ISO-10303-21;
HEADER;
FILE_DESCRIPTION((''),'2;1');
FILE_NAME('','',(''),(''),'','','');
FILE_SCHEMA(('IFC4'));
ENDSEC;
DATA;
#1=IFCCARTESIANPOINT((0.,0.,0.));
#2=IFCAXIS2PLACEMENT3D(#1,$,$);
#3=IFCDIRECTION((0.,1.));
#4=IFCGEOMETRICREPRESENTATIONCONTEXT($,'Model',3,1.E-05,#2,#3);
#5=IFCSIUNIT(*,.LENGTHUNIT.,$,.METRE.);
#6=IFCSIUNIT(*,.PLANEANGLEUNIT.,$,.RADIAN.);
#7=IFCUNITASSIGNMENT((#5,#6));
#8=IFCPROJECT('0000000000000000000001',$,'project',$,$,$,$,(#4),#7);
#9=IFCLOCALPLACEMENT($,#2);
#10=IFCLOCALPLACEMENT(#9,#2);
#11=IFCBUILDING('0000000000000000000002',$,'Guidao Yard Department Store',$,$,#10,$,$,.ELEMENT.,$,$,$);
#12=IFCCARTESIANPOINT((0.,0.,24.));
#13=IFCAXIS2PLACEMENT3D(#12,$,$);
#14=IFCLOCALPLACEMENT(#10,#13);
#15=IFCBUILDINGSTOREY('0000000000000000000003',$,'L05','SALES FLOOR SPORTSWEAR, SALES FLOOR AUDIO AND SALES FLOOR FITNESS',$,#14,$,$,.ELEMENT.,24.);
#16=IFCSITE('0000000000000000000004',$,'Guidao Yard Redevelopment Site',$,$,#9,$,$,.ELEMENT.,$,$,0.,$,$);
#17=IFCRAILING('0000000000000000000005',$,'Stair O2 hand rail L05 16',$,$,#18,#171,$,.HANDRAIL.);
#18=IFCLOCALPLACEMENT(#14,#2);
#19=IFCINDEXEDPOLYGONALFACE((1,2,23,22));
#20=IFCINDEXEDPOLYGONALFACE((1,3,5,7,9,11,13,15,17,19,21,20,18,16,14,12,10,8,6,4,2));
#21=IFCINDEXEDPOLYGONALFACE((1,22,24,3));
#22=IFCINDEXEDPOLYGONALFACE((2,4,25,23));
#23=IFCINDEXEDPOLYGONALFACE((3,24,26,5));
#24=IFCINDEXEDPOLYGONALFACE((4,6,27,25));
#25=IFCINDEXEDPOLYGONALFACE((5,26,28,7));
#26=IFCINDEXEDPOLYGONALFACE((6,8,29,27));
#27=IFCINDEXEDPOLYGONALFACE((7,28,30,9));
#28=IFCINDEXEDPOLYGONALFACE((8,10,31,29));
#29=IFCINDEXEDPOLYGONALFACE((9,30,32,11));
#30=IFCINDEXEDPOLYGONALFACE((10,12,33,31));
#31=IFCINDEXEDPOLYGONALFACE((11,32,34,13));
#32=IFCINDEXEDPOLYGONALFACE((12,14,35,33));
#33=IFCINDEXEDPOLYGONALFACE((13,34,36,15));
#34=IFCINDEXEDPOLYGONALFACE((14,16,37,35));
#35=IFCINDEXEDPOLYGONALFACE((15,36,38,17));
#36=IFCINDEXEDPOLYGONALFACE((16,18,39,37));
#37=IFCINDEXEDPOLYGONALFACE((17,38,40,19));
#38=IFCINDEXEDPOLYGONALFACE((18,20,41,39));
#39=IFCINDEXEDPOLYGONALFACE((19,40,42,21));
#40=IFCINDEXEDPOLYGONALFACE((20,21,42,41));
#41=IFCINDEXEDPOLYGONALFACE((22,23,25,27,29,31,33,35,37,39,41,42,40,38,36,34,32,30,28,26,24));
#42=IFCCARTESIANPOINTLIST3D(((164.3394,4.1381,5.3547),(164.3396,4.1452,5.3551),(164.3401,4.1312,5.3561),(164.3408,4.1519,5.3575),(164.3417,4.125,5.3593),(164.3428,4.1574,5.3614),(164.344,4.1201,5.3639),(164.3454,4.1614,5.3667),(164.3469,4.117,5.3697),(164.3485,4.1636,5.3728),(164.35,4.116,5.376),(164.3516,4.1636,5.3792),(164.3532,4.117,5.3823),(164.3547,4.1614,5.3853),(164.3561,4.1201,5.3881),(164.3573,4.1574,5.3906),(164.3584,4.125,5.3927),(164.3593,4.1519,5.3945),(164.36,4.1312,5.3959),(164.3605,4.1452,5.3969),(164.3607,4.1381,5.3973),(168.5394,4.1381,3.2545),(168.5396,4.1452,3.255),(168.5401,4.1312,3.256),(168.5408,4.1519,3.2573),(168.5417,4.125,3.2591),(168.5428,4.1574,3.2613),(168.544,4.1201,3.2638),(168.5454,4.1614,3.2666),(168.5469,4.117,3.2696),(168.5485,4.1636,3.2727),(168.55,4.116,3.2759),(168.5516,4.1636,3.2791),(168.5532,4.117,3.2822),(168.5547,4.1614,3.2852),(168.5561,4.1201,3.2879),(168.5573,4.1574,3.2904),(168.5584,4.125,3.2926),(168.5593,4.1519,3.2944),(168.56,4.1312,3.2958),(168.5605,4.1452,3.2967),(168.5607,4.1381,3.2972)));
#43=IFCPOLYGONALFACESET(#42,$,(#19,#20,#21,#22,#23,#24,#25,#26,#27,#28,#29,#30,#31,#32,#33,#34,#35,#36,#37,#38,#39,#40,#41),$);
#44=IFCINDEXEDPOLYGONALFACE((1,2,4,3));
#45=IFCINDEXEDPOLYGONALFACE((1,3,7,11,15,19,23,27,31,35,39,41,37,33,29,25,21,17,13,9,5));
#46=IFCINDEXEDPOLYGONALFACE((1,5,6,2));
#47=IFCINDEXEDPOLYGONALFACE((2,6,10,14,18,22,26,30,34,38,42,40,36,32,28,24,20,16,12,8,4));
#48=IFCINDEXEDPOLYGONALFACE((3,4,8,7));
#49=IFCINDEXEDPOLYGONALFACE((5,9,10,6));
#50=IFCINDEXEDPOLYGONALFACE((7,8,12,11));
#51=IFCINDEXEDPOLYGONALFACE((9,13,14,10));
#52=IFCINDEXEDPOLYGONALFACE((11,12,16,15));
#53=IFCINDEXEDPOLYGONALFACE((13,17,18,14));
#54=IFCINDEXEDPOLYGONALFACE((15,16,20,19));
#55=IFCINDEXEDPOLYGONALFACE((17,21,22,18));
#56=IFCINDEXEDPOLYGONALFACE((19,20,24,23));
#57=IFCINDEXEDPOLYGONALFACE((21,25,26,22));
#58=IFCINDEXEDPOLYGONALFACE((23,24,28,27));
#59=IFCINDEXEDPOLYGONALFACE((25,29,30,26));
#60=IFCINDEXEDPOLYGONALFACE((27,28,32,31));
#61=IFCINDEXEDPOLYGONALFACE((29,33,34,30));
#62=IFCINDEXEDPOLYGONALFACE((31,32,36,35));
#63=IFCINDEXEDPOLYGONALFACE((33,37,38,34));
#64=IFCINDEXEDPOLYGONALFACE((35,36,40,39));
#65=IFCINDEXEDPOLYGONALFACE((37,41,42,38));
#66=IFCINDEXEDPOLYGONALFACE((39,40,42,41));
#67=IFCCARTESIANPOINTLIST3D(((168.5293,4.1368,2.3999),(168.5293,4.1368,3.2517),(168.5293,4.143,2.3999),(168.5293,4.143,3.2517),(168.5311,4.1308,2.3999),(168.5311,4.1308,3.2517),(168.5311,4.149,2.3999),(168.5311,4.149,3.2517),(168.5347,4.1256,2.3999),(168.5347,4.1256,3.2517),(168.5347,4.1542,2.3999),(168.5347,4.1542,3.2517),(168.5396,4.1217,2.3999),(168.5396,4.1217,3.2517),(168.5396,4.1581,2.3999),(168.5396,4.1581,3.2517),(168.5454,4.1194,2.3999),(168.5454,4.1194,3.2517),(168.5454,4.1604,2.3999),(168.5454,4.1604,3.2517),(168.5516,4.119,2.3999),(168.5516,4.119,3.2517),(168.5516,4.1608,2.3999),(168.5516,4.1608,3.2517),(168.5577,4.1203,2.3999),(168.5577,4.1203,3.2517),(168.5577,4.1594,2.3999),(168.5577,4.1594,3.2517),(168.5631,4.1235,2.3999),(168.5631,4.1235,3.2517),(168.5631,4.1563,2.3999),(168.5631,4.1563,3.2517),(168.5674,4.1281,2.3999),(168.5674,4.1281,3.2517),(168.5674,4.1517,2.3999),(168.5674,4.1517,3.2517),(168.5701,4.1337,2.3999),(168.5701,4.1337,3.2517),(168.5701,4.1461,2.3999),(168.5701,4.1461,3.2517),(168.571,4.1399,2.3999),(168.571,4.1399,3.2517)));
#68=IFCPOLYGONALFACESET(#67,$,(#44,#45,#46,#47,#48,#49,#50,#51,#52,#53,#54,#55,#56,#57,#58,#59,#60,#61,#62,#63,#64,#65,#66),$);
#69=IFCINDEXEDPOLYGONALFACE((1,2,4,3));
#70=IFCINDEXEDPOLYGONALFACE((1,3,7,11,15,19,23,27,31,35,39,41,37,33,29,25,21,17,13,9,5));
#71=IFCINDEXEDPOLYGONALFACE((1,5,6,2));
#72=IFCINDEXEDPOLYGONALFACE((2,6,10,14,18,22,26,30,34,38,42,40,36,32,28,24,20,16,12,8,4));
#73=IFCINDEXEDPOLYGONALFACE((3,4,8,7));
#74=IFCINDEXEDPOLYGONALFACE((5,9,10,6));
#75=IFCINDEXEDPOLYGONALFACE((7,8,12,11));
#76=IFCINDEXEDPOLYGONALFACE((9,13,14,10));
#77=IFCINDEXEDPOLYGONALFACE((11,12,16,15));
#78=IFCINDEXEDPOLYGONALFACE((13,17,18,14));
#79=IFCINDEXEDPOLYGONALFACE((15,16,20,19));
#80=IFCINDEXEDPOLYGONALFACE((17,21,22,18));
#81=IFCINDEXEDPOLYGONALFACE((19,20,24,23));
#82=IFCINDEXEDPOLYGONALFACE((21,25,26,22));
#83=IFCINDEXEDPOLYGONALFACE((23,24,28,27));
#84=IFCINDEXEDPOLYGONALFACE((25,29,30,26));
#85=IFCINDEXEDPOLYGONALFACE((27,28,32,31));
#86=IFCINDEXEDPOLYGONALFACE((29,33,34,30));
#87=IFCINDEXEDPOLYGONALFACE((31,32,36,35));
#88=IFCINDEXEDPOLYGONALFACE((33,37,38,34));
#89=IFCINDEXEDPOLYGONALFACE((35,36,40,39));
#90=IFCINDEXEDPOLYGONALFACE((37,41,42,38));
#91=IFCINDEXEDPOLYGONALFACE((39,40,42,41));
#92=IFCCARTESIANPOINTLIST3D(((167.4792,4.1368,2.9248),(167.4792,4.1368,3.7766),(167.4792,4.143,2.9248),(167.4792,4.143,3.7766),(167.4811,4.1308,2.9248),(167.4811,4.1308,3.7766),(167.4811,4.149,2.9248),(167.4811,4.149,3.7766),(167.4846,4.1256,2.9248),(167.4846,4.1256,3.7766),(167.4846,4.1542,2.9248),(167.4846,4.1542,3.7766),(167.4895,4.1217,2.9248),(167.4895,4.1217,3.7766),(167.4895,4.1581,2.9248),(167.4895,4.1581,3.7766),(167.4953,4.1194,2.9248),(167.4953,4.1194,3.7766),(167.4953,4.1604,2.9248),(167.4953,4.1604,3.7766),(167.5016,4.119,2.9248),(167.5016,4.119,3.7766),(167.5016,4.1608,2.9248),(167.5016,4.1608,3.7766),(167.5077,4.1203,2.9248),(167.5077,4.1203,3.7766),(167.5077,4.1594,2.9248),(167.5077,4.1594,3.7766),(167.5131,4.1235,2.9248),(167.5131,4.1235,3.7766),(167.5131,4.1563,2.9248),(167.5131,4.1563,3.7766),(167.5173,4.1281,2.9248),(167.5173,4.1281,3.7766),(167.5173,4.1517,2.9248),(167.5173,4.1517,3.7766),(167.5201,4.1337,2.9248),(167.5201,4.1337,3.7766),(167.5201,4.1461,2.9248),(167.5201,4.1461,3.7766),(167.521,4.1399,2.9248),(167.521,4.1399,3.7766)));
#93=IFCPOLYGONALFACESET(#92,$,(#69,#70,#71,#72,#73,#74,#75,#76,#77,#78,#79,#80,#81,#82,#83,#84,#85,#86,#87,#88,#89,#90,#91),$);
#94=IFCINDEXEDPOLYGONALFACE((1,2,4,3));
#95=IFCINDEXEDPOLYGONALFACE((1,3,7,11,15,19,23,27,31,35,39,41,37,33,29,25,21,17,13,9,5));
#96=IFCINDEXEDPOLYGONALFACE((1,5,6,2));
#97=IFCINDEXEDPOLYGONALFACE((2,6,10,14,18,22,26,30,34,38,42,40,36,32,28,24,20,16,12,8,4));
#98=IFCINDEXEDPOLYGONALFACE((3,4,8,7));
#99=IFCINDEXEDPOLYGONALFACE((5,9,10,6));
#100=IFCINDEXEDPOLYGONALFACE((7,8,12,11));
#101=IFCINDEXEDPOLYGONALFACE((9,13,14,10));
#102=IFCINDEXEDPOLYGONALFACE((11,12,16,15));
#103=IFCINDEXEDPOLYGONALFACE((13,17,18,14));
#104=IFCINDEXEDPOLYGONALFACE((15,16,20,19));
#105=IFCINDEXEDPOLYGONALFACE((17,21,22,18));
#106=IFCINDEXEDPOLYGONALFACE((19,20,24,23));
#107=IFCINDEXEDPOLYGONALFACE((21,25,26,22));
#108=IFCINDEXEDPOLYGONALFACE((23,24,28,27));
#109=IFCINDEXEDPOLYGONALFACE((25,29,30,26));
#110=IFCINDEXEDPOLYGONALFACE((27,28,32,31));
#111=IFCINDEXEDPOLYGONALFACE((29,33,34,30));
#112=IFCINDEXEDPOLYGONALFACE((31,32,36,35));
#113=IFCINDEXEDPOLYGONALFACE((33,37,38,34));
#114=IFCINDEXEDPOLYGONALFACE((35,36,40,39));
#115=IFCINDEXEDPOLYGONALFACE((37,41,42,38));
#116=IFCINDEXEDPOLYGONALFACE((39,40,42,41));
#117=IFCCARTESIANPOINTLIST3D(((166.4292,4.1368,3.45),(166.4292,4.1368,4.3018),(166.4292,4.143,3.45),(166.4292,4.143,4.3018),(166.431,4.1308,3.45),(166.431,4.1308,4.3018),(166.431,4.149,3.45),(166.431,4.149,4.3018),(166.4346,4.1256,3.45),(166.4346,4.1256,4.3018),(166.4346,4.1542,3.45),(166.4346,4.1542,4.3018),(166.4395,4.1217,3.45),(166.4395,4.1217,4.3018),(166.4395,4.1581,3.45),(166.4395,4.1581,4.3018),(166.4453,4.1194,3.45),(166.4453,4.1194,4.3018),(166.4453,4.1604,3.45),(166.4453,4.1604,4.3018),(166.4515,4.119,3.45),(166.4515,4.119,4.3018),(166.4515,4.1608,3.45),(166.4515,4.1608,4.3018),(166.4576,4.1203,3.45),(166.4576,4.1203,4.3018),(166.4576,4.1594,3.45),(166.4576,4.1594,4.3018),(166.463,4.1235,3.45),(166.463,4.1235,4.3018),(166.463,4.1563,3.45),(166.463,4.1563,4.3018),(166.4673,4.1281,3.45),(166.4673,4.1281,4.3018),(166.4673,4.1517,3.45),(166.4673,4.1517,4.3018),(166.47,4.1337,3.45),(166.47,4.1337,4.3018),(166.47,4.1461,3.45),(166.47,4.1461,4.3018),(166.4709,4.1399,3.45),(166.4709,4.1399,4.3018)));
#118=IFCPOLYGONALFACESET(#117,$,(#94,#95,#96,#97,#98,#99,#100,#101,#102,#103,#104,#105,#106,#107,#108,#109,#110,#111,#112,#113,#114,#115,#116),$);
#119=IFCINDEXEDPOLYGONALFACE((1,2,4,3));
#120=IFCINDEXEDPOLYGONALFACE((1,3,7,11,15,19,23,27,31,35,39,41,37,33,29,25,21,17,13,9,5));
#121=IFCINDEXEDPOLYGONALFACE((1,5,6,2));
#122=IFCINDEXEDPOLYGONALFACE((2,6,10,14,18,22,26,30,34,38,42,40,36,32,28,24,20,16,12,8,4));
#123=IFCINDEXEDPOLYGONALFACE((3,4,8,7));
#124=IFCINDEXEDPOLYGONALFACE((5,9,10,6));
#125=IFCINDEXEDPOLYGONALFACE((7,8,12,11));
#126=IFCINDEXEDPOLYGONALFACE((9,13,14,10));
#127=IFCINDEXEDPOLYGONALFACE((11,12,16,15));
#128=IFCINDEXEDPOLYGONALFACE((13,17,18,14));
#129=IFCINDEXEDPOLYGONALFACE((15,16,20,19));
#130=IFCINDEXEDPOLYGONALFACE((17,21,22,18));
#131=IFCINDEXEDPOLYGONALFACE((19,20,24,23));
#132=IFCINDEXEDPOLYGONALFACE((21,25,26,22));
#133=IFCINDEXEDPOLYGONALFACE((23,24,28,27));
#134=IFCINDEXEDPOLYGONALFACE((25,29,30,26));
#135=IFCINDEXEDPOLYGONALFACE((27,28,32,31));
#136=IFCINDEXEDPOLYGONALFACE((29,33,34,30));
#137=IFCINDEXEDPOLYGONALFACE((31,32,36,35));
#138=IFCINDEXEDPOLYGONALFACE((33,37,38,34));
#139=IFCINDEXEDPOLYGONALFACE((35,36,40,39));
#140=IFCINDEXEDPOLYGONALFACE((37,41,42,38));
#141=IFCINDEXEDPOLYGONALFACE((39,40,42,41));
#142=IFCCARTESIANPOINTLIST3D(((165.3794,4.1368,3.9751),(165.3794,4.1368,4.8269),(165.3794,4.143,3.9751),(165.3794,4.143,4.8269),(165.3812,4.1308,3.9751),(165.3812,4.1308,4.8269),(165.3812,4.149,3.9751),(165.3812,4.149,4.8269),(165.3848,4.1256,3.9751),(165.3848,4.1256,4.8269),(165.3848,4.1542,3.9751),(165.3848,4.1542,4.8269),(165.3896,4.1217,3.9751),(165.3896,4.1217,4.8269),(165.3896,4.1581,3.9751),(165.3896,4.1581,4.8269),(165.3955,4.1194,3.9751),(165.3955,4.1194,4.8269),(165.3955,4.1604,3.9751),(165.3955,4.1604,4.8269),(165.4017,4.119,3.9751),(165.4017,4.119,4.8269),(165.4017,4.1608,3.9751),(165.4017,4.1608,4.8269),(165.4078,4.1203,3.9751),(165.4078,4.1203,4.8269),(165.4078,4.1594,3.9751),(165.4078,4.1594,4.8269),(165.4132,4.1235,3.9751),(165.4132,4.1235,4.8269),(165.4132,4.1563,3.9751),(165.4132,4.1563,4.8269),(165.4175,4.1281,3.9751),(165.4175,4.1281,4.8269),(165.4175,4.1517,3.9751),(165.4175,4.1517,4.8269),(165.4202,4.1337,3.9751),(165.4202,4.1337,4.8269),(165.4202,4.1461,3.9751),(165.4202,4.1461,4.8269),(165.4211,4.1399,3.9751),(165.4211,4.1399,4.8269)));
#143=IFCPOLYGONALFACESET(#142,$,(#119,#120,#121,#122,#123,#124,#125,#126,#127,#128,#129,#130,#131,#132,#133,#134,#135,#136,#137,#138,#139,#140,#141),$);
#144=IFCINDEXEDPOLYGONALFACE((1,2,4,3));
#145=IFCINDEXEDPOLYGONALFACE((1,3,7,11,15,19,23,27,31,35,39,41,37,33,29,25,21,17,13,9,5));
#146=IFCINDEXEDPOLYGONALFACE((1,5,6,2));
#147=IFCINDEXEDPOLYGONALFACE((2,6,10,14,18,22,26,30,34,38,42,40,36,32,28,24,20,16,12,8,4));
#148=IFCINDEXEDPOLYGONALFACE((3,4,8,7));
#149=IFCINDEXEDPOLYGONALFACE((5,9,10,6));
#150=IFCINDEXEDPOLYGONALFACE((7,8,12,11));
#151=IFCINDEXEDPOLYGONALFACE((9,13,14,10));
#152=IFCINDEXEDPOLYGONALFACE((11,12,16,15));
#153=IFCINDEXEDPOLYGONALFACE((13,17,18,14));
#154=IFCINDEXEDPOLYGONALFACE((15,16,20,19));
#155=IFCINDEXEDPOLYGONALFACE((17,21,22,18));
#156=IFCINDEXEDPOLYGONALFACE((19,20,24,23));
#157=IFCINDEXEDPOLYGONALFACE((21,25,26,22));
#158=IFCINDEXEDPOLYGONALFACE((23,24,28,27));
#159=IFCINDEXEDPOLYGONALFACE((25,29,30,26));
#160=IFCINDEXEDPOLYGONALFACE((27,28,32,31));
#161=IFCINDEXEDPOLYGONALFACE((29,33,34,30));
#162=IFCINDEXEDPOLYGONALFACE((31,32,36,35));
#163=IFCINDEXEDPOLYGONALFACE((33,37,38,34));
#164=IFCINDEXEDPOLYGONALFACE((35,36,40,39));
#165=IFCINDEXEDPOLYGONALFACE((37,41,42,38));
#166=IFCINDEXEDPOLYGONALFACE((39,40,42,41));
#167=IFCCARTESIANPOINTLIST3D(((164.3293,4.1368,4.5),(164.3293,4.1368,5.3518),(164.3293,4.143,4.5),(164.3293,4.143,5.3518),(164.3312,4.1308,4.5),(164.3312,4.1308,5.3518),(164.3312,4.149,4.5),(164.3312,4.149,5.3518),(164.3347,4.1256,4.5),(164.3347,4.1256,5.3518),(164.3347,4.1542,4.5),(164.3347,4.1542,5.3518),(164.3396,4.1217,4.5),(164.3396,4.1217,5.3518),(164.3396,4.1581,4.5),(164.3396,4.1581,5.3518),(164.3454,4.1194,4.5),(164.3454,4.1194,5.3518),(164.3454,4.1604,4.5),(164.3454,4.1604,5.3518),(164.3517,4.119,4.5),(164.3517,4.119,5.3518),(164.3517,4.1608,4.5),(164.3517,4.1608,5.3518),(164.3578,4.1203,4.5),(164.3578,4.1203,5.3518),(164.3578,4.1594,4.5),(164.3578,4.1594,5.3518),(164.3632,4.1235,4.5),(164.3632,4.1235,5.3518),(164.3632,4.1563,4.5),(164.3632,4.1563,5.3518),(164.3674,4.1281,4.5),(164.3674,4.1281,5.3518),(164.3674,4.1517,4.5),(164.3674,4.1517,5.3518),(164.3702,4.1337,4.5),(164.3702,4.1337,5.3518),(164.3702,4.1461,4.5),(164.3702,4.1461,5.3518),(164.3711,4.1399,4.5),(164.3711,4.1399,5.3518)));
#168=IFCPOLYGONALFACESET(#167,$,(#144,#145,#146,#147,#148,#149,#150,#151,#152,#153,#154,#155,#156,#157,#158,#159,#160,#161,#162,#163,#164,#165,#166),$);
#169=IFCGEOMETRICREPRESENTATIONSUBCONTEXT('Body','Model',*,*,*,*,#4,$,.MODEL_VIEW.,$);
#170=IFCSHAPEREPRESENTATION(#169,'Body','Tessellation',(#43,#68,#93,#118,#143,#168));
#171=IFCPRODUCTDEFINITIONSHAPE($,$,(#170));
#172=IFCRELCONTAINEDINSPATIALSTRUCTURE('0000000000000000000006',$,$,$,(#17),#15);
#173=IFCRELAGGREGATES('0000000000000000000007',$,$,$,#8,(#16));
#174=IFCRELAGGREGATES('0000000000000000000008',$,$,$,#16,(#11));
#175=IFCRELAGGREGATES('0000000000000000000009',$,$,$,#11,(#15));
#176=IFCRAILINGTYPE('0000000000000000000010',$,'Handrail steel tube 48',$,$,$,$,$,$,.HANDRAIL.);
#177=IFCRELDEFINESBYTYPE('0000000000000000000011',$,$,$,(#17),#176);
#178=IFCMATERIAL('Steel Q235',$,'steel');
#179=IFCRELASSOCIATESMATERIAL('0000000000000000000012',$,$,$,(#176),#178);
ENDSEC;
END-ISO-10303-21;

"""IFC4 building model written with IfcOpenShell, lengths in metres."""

from ifc_helpers import new_model, si_unit, direction, frame, origin, origin_2d, place, context, subcontext, project, spatial, circle, extrude, material, type_object, element, save


model = new_model("IFC4")

# Units and contexts
model_context = context("Model", 3, precision=1e-05, world=origin(), true_north=direction((0.0, 1.0)))
body_context = subcontext(model_context, "Body", "Model", "MODEL_VIEW")
ifc_project = project(units=[si_unit("LENGTHUNIT", "METRE"), si_unit("PLANEANGLEUNIT", "RADIAN")], contexts=[model_context])

# Site, building, storey
site_placement = place(None, origin())
site = spatial("IfcSite", under=ifc_project, at=site_placement, Name="Guidao Yard Redevelopment Site", CompositionType="ELEMENT", RefElevation=0.0)
building_placement = place(site_placement, origin())
building = spatial("IfcBuilding", under=site, at=building_placement, Name="Guidao Yard Department Store", CompositionType="ELEMENT")
storey_placement = place(building_placement, frame((0.0, 0.0, 24.0)))
storey = spatial("IfcBuildingStorey", under=building, at=storey_placement, Name="L05", Description="SALES FLOOR SPORTSWEAR, SALES FLOOR AUDIO AND SALES FLOOR FITNESS", CompositionType="ELEMENT", Elevation=24.0)

# Railing
ifc_material_1 = material(Name="Steel Q235", Category="steel")
railing_type_1 = type_object("IfcRailingType", Name="Handrail steel tube 48", PredefinedType="HANDRAIL", material=ifc_material_1)
for number, where, name in (
    (1, (168.55, 4.1399, 2.3999), "Stair O2 hand rail L05 16"),
):
    element("IfcRailing", number, at=place(storey_placement, frame(where)), inside=storey, type_object=railing_type_1, Name=name, PredefinedType="HANDRAIL", context=body_context, shape_type="SweptSolid", body=[
        extrude(circle(Radius=0.0239, at=origin_2d()), frame((0.0, 0.0, 0.876), z_axis=(-0.894417, 0.0, 0.447234), x_axis=(0.0, -1.0, 0.0)), (0.0, 0.0, 1.0), 4.6958),
        extrude(circle(Radius=0.021, at=origin_2d()), origin(), (0.0, 0.0, 1.0), 0.8518),
        extrude(circle(Radius=0.021, at=origin_2d()), frame((-1.05, 0.0, 0.5249)), (0.0, 0.0, 1.0), 0.8518),
        extrude(circle(Radius=0.021, at=origin_2d()), frame((-2.1001, 0.0, 1.05)), (0.0, 0.0, 1.0), 0.8518),
        extrude(circle(Radius=0.021, at=origin_2d()), frame((-3.1499, 0.0, 1.5752)), (0.0, 0.0, 1.0), 0.8518),
        extrude(circle(Radius=0.021, at=origin_2d()), frame((-4.2, 0.0, 2.1001)), (0.0, 0.0, 1.0), 0.8518),
    ])

save(model, "model.ifc")
